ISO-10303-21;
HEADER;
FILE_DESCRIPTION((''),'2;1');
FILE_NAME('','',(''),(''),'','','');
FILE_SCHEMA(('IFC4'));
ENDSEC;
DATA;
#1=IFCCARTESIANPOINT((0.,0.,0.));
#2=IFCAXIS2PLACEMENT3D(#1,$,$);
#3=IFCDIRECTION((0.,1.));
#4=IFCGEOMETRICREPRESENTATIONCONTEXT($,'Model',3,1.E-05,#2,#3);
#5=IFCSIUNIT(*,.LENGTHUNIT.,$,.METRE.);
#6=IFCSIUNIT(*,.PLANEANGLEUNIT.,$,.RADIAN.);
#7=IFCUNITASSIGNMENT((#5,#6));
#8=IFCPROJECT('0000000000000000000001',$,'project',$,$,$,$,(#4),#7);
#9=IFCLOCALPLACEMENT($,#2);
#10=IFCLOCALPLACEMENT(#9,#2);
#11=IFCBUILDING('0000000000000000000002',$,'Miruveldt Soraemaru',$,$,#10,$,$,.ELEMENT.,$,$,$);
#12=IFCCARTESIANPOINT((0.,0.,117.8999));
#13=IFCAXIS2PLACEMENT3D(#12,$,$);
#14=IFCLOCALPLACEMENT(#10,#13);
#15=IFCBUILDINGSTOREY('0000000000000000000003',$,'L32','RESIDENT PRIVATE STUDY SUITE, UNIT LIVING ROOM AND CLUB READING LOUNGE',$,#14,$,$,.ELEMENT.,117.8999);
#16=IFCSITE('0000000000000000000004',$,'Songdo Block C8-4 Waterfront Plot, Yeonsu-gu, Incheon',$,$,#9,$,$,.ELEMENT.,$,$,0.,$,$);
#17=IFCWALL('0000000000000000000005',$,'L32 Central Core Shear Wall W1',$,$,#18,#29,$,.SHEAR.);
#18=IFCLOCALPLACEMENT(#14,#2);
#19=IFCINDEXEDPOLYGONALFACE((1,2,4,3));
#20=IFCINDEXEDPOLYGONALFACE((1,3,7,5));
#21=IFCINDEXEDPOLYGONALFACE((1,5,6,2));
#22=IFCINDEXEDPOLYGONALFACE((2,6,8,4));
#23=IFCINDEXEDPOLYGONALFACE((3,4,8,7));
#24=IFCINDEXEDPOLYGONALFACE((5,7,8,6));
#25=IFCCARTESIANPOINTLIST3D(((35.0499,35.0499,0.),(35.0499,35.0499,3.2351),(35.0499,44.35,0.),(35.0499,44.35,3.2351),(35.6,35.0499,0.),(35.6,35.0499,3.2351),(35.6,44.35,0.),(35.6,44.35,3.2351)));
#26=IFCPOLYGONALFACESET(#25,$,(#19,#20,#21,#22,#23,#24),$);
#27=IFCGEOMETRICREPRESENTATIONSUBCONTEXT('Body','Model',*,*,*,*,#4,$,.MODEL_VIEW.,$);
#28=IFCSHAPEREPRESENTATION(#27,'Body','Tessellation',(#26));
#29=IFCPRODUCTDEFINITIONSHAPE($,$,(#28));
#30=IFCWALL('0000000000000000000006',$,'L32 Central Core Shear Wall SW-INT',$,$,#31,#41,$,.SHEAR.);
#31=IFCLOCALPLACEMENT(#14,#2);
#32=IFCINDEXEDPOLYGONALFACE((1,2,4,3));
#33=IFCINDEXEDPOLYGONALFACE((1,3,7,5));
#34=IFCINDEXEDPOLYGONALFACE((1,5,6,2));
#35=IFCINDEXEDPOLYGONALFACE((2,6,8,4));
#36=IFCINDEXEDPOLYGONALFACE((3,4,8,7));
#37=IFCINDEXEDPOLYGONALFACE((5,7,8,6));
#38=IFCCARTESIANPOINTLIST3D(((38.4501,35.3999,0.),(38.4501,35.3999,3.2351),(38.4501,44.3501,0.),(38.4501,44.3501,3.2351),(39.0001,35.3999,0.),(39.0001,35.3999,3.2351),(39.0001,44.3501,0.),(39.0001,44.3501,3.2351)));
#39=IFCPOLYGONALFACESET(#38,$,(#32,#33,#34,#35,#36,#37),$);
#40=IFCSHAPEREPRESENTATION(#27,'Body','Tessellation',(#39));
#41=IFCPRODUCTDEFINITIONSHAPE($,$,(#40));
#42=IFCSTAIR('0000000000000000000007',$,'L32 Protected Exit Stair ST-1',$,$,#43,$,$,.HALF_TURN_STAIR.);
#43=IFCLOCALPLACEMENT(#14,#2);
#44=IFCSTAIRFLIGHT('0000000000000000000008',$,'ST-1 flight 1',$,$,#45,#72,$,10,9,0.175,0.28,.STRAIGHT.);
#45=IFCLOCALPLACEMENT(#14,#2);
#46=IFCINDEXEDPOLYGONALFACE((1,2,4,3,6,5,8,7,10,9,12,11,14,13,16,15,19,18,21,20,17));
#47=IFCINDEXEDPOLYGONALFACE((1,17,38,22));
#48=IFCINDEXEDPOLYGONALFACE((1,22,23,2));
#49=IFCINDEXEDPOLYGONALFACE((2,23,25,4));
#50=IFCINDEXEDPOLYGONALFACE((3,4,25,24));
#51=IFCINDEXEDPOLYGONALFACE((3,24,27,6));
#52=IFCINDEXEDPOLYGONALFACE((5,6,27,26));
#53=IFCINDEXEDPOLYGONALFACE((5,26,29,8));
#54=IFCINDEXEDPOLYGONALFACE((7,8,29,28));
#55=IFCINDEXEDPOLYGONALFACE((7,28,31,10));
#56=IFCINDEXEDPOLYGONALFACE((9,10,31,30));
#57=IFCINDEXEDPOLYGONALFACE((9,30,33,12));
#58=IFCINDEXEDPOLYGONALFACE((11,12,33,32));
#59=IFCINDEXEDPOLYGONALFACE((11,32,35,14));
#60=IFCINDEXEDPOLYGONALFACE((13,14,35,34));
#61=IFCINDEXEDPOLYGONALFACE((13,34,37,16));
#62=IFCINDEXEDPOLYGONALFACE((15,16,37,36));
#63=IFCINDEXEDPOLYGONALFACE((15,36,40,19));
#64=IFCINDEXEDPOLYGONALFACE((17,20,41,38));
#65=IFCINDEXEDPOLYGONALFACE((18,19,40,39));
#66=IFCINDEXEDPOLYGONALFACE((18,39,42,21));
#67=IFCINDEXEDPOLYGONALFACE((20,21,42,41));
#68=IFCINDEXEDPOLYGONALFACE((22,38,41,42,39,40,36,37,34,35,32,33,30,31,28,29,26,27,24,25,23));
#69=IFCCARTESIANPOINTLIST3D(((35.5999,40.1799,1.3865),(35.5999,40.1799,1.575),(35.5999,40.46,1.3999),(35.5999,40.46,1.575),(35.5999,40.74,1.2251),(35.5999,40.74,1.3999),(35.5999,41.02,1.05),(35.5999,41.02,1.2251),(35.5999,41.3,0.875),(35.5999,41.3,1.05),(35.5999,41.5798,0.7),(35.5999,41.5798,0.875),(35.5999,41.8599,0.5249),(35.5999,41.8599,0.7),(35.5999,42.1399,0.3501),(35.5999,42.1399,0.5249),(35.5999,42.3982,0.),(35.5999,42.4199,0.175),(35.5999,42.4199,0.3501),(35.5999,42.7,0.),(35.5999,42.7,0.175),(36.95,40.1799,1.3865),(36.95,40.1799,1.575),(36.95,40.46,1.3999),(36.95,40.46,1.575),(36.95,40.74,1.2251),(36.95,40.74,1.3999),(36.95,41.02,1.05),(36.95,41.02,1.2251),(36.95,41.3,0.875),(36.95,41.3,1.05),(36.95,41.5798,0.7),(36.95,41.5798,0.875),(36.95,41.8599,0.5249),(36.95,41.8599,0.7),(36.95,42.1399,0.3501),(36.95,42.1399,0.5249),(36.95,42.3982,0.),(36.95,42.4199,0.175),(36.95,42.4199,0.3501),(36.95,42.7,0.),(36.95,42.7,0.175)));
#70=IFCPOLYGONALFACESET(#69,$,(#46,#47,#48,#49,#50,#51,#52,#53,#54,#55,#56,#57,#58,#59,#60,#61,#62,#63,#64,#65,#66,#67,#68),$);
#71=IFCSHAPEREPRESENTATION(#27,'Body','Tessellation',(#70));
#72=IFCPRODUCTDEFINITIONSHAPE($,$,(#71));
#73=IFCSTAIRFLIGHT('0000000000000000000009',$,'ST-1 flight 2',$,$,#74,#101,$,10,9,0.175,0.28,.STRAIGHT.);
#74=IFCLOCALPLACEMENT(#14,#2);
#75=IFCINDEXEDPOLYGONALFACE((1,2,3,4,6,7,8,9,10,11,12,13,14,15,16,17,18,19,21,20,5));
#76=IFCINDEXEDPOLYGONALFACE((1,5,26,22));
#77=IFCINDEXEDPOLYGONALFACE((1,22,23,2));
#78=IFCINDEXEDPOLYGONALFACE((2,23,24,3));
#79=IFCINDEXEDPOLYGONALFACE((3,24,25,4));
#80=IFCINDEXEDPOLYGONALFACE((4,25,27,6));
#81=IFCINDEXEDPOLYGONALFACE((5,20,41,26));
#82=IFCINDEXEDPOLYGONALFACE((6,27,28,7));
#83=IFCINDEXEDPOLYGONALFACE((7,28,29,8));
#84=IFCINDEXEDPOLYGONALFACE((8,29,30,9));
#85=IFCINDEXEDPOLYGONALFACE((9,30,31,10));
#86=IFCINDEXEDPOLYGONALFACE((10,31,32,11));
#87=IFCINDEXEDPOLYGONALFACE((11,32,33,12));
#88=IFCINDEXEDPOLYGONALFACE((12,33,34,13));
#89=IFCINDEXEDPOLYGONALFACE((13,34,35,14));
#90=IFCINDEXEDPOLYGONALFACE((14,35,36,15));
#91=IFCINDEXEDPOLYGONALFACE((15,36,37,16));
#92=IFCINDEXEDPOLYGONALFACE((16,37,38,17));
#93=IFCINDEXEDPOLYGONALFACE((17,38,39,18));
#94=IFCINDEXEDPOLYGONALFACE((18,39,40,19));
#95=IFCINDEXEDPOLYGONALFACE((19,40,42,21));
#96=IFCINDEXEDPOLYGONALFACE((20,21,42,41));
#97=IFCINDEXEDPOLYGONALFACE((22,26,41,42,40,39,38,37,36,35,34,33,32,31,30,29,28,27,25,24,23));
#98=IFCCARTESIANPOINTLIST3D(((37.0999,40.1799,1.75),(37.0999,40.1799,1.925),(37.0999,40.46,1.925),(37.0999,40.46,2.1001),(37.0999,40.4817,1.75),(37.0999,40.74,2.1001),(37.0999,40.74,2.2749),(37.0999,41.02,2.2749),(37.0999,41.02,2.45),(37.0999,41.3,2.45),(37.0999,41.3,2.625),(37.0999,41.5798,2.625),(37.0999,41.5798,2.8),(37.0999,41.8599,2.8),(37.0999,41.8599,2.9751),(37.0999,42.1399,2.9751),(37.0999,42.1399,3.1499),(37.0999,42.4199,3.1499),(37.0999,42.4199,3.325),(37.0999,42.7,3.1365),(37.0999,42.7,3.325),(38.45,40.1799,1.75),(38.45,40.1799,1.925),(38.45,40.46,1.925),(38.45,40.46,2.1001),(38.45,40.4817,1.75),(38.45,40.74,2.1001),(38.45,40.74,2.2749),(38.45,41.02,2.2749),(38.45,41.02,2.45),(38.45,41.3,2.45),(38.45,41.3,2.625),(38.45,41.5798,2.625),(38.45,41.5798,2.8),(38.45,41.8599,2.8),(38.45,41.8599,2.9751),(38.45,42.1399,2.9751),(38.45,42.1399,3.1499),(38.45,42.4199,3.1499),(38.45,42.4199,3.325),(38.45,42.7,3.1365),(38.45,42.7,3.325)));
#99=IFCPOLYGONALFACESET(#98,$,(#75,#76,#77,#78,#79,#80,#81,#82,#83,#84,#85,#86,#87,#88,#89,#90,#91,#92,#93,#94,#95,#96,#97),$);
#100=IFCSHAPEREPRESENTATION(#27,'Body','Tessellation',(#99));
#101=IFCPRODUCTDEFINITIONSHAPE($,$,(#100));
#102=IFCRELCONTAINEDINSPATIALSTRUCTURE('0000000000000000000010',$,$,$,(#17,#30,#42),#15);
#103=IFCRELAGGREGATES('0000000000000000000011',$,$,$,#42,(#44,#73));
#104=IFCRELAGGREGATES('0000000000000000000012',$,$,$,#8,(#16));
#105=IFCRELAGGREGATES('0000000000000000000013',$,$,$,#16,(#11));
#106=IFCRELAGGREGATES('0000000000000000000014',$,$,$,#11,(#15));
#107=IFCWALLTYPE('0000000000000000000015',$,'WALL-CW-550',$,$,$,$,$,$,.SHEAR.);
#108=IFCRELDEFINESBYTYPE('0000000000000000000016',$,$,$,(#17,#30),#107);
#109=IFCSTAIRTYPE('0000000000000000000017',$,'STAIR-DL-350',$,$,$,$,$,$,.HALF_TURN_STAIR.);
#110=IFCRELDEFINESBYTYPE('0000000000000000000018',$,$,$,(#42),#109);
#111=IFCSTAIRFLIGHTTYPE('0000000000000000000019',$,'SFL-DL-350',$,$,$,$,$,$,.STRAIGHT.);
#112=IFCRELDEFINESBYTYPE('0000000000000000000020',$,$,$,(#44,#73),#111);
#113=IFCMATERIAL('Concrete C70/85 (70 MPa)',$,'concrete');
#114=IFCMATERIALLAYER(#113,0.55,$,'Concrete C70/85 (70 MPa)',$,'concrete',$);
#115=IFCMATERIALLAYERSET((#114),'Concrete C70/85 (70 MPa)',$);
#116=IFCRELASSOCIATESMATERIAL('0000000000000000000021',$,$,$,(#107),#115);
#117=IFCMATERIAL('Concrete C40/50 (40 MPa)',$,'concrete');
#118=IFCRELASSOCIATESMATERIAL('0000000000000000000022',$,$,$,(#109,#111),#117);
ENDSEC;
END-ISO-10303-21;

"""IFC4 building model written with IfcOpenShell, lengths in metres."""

from ifc_helpers import new_model, si_unit, direction, frame, frame_2d, origin, place, context, subcontext, project, spatial, polyline, rectangle, outline, extrude, material, layer, layer_set, type_object, element, aggregate, save


model = new_model("IFC4")

# Units and contexts
model_context = context("Model", 3, precision=1e-05, world=origin(), true_north=direction((0.0, 1.0)))
body_context = subcontext(model_context, "Body", "Model", "MODEL_VIEW")
ifc_project = project(units=[si_unit("LENGTHUNIT", "METRE"), si_unit("PLANEANGLEUNIT", "RADIAN")], contexts=[model_context])

# Site, building, storey
site_placement = place(None, origin())
site = spatial("IfcSite", under=ifc_project, at=site_placement, Name="Songdo Block C8-4 Waterfront Plot, Yeonsu-gu, Incheon", CompositionType="ELEMENT", RefElevation=0.0)
building_placement = place(site_placement, origin())
building = spatial("IfcBuilding", under=site, at=building_placement, Name="Miruveldt Soraemaru", CompositionType="ELEMENT")
storey_placement = place(building_placement, frame((0.0, 0.0, 117.8999)))
storey = spatial("IfcBuildingStorey", under=building, at=storey_placement, Name="L32", Description="RESIDENT PRIVATE STUDY SUITE, UNIT LIVING ROOM AND CLUB READING LOUNGE", CompositionType="ELEMENT", Elevation=117.8999)

# Walls
ifc_material_1 = material(Name="Concrete C70/85 (70 MPa)", Category="concrete")
ifc_layer_1 = layer(ifc_material_1, 0.55, Name="Concrete C70/85 (70 MPa)", Category="concrete")
ifc_layer_set_1 = layer_set([ifc_layer_1], Name="Concrete C70/85 (70 MPa)")
wall_type_1 = type_object("IfcWallType", Name="WALL-CW-550", PredefinedType="SHEAR", material=ifc_layer_set_1)
wall_1_placement = place(storey_placement, frame((35.325, 35.05, 0.0), z_axis=(0.0, 0.0, 1.0), x_axis=(0.0, 1.0, 0.0)))
element("IfcWall", 1, at=wall_1_placement, inside=storey, type_object=wall_type_1, Name="L32 Central Core Shear Wall W1", PredefinedType="SHEAR", context=body_context, shape_type="SweptSolid", body=[
    extrude(rectangle(XDim=9.3, YDim=0.55, at=frame_2d((4.6499, 0.0))), origin(), (0.0, 0.0, 1.0), 3.2351),
])
wall_2_placement = place(storey_placement, frame((38.7251, 35.3999, 0.0), z_axis=(0.0, 0.0, 1.0), x_axis=(0.0, 1.0, 0.0)))
element("IfcWall", 2, at=wall_2_placement, inside=storey, type_object=wall_type_1, Name="L32 Central Core Shear Wall SW-INT", PredefinedType="SHEAR", context=body_context, shape_type="SweptSolid", body=[
    extrude(rectangle(XDim=8.9502, YDim=0.55, at=frame_2d((4.4751, 0.0))), origin(), (0.0, 0.0, 1.0), 3.2351),
])

# Shared definitions
ifc_material_2 = material(Name="Concrete C40/50 (40 MPa)", Category="concrete")

# Stair, stair flights
stair_type = type_object("IfcStairType", Name="STAIR-DL-350", PredefinedType="HALF_TURN_STAIR", material=ifc_material_2)
stair_placement = place(storey_placement, origin())
stair = element("IfcStair", 3, at=stair_placement, inside=storey, type_object=stair_type, Name="L32 Protected Exit Stair ST-1", PredefinedType="HALF_TURN_STAIR")
stair_flight_type = type_object("IfcStairFlightType", Name="SFL-DL-350", PredefinedType="STRAIGHT", material=ifc_material_2)
stair_flight_1_placement = place(storey_placement, frame((36.2749, 42.7, 0.0), z_axis=(0.0, 0.0, 1.0), x_axis=(0.0, -1.0, 0.0)))
stair_flight_1 = element("IfcStairFlight", 4, at=stair_flight_1_placement, type_object=stair_flight_type, Name="ST-1 flight 1", NumberOfRisers=10, NumberOfTreads=9, PredefinedType="STRAIGHT", RiserHeight=0.175, TreadLength=0.28, context=body_context, shape_type="SweptSolid", body=[
    extrude(outline(polyline([(0.0, 0.0), (0.0, 0.175), (0.28, 0.175), (0.28, 0.3501), (0.5601, 0.3501), (0.5601, 0.5249), (0.8401, 0.5249), (0.8401, 0.7), (1.1201, 0.7), (1.1201, 0.875), (1.3999, 0.875), (1.3999, 1.05), (1.6799, 1.05), (1.6799, 1.2251), (1.96, 1.2251), (1.96, 1.3999), (2.24, 1.3999), (2.24, 1.575), (2.52, 1.575), (2.52, 1.75), (2.52, 1.3865), (0.3018, 0.0), (0.0, 0.0)])), frame((0.0, 0.675, 0.0), z_axis=(0.0, -1.0, 0.0), x_axis=(1.0, 0.0, 0.0)), (0.0, 0.0, 1.0), 1.3501),
])
stair_flight_2_placement = place(storey_placement, frame((37.7749, 40.1799, 1.75), z_axis=(0.0, 0.0, 1.0), x_axis=(0.0, 1.0, 0.0)))
stair_flight_2 = element("IfcStairFlight", 5, at=stair_flight_2_placement, type_object=stair_flight_type, Name="ST-1 flight 2", NumberOfRisers=10, NumberOfTreads=9, PredefinedType="STRAIGHT", RiserHeight=0.175, TreadLength=0.28, context=body_context, shape_type="SweptSolid", body=[
    extrude(outline(polyline([(0.0, 0.0), (0.0, 0.175), (0.28, 0.175), (0.28, 0.3501), (0.5601, 0.3501), (0.5601, 0.5249), (0.8401, 0.5249), (0.8401, 0.7), (1.1201, 0.7), (1.1201, 0.875), (1.3999, 0.875), (1.3999, 1.05), (1.6799, 1.05), (1.6799, 1.2251), (1.96, 1.2251), (1.96, 1.3999), (2.24, 1.3999), (2.24, 1.575), (2.52, 1.575), (2.52, 1.75), (2.52, 1.3865), (0.3018, 0.0), (0.0, 0.0)])), frame((0.0, 0.675, 0.0), z_axis=(0.0, -1.0, 0.0), x_axis=(1.0, 0.0, 0.0)), (0.0, 0.0, 1.0), 1.3501),
])
aggregate(stair, [stair_flight_1, stair_flight_2])

save(model, "model.ifc")
